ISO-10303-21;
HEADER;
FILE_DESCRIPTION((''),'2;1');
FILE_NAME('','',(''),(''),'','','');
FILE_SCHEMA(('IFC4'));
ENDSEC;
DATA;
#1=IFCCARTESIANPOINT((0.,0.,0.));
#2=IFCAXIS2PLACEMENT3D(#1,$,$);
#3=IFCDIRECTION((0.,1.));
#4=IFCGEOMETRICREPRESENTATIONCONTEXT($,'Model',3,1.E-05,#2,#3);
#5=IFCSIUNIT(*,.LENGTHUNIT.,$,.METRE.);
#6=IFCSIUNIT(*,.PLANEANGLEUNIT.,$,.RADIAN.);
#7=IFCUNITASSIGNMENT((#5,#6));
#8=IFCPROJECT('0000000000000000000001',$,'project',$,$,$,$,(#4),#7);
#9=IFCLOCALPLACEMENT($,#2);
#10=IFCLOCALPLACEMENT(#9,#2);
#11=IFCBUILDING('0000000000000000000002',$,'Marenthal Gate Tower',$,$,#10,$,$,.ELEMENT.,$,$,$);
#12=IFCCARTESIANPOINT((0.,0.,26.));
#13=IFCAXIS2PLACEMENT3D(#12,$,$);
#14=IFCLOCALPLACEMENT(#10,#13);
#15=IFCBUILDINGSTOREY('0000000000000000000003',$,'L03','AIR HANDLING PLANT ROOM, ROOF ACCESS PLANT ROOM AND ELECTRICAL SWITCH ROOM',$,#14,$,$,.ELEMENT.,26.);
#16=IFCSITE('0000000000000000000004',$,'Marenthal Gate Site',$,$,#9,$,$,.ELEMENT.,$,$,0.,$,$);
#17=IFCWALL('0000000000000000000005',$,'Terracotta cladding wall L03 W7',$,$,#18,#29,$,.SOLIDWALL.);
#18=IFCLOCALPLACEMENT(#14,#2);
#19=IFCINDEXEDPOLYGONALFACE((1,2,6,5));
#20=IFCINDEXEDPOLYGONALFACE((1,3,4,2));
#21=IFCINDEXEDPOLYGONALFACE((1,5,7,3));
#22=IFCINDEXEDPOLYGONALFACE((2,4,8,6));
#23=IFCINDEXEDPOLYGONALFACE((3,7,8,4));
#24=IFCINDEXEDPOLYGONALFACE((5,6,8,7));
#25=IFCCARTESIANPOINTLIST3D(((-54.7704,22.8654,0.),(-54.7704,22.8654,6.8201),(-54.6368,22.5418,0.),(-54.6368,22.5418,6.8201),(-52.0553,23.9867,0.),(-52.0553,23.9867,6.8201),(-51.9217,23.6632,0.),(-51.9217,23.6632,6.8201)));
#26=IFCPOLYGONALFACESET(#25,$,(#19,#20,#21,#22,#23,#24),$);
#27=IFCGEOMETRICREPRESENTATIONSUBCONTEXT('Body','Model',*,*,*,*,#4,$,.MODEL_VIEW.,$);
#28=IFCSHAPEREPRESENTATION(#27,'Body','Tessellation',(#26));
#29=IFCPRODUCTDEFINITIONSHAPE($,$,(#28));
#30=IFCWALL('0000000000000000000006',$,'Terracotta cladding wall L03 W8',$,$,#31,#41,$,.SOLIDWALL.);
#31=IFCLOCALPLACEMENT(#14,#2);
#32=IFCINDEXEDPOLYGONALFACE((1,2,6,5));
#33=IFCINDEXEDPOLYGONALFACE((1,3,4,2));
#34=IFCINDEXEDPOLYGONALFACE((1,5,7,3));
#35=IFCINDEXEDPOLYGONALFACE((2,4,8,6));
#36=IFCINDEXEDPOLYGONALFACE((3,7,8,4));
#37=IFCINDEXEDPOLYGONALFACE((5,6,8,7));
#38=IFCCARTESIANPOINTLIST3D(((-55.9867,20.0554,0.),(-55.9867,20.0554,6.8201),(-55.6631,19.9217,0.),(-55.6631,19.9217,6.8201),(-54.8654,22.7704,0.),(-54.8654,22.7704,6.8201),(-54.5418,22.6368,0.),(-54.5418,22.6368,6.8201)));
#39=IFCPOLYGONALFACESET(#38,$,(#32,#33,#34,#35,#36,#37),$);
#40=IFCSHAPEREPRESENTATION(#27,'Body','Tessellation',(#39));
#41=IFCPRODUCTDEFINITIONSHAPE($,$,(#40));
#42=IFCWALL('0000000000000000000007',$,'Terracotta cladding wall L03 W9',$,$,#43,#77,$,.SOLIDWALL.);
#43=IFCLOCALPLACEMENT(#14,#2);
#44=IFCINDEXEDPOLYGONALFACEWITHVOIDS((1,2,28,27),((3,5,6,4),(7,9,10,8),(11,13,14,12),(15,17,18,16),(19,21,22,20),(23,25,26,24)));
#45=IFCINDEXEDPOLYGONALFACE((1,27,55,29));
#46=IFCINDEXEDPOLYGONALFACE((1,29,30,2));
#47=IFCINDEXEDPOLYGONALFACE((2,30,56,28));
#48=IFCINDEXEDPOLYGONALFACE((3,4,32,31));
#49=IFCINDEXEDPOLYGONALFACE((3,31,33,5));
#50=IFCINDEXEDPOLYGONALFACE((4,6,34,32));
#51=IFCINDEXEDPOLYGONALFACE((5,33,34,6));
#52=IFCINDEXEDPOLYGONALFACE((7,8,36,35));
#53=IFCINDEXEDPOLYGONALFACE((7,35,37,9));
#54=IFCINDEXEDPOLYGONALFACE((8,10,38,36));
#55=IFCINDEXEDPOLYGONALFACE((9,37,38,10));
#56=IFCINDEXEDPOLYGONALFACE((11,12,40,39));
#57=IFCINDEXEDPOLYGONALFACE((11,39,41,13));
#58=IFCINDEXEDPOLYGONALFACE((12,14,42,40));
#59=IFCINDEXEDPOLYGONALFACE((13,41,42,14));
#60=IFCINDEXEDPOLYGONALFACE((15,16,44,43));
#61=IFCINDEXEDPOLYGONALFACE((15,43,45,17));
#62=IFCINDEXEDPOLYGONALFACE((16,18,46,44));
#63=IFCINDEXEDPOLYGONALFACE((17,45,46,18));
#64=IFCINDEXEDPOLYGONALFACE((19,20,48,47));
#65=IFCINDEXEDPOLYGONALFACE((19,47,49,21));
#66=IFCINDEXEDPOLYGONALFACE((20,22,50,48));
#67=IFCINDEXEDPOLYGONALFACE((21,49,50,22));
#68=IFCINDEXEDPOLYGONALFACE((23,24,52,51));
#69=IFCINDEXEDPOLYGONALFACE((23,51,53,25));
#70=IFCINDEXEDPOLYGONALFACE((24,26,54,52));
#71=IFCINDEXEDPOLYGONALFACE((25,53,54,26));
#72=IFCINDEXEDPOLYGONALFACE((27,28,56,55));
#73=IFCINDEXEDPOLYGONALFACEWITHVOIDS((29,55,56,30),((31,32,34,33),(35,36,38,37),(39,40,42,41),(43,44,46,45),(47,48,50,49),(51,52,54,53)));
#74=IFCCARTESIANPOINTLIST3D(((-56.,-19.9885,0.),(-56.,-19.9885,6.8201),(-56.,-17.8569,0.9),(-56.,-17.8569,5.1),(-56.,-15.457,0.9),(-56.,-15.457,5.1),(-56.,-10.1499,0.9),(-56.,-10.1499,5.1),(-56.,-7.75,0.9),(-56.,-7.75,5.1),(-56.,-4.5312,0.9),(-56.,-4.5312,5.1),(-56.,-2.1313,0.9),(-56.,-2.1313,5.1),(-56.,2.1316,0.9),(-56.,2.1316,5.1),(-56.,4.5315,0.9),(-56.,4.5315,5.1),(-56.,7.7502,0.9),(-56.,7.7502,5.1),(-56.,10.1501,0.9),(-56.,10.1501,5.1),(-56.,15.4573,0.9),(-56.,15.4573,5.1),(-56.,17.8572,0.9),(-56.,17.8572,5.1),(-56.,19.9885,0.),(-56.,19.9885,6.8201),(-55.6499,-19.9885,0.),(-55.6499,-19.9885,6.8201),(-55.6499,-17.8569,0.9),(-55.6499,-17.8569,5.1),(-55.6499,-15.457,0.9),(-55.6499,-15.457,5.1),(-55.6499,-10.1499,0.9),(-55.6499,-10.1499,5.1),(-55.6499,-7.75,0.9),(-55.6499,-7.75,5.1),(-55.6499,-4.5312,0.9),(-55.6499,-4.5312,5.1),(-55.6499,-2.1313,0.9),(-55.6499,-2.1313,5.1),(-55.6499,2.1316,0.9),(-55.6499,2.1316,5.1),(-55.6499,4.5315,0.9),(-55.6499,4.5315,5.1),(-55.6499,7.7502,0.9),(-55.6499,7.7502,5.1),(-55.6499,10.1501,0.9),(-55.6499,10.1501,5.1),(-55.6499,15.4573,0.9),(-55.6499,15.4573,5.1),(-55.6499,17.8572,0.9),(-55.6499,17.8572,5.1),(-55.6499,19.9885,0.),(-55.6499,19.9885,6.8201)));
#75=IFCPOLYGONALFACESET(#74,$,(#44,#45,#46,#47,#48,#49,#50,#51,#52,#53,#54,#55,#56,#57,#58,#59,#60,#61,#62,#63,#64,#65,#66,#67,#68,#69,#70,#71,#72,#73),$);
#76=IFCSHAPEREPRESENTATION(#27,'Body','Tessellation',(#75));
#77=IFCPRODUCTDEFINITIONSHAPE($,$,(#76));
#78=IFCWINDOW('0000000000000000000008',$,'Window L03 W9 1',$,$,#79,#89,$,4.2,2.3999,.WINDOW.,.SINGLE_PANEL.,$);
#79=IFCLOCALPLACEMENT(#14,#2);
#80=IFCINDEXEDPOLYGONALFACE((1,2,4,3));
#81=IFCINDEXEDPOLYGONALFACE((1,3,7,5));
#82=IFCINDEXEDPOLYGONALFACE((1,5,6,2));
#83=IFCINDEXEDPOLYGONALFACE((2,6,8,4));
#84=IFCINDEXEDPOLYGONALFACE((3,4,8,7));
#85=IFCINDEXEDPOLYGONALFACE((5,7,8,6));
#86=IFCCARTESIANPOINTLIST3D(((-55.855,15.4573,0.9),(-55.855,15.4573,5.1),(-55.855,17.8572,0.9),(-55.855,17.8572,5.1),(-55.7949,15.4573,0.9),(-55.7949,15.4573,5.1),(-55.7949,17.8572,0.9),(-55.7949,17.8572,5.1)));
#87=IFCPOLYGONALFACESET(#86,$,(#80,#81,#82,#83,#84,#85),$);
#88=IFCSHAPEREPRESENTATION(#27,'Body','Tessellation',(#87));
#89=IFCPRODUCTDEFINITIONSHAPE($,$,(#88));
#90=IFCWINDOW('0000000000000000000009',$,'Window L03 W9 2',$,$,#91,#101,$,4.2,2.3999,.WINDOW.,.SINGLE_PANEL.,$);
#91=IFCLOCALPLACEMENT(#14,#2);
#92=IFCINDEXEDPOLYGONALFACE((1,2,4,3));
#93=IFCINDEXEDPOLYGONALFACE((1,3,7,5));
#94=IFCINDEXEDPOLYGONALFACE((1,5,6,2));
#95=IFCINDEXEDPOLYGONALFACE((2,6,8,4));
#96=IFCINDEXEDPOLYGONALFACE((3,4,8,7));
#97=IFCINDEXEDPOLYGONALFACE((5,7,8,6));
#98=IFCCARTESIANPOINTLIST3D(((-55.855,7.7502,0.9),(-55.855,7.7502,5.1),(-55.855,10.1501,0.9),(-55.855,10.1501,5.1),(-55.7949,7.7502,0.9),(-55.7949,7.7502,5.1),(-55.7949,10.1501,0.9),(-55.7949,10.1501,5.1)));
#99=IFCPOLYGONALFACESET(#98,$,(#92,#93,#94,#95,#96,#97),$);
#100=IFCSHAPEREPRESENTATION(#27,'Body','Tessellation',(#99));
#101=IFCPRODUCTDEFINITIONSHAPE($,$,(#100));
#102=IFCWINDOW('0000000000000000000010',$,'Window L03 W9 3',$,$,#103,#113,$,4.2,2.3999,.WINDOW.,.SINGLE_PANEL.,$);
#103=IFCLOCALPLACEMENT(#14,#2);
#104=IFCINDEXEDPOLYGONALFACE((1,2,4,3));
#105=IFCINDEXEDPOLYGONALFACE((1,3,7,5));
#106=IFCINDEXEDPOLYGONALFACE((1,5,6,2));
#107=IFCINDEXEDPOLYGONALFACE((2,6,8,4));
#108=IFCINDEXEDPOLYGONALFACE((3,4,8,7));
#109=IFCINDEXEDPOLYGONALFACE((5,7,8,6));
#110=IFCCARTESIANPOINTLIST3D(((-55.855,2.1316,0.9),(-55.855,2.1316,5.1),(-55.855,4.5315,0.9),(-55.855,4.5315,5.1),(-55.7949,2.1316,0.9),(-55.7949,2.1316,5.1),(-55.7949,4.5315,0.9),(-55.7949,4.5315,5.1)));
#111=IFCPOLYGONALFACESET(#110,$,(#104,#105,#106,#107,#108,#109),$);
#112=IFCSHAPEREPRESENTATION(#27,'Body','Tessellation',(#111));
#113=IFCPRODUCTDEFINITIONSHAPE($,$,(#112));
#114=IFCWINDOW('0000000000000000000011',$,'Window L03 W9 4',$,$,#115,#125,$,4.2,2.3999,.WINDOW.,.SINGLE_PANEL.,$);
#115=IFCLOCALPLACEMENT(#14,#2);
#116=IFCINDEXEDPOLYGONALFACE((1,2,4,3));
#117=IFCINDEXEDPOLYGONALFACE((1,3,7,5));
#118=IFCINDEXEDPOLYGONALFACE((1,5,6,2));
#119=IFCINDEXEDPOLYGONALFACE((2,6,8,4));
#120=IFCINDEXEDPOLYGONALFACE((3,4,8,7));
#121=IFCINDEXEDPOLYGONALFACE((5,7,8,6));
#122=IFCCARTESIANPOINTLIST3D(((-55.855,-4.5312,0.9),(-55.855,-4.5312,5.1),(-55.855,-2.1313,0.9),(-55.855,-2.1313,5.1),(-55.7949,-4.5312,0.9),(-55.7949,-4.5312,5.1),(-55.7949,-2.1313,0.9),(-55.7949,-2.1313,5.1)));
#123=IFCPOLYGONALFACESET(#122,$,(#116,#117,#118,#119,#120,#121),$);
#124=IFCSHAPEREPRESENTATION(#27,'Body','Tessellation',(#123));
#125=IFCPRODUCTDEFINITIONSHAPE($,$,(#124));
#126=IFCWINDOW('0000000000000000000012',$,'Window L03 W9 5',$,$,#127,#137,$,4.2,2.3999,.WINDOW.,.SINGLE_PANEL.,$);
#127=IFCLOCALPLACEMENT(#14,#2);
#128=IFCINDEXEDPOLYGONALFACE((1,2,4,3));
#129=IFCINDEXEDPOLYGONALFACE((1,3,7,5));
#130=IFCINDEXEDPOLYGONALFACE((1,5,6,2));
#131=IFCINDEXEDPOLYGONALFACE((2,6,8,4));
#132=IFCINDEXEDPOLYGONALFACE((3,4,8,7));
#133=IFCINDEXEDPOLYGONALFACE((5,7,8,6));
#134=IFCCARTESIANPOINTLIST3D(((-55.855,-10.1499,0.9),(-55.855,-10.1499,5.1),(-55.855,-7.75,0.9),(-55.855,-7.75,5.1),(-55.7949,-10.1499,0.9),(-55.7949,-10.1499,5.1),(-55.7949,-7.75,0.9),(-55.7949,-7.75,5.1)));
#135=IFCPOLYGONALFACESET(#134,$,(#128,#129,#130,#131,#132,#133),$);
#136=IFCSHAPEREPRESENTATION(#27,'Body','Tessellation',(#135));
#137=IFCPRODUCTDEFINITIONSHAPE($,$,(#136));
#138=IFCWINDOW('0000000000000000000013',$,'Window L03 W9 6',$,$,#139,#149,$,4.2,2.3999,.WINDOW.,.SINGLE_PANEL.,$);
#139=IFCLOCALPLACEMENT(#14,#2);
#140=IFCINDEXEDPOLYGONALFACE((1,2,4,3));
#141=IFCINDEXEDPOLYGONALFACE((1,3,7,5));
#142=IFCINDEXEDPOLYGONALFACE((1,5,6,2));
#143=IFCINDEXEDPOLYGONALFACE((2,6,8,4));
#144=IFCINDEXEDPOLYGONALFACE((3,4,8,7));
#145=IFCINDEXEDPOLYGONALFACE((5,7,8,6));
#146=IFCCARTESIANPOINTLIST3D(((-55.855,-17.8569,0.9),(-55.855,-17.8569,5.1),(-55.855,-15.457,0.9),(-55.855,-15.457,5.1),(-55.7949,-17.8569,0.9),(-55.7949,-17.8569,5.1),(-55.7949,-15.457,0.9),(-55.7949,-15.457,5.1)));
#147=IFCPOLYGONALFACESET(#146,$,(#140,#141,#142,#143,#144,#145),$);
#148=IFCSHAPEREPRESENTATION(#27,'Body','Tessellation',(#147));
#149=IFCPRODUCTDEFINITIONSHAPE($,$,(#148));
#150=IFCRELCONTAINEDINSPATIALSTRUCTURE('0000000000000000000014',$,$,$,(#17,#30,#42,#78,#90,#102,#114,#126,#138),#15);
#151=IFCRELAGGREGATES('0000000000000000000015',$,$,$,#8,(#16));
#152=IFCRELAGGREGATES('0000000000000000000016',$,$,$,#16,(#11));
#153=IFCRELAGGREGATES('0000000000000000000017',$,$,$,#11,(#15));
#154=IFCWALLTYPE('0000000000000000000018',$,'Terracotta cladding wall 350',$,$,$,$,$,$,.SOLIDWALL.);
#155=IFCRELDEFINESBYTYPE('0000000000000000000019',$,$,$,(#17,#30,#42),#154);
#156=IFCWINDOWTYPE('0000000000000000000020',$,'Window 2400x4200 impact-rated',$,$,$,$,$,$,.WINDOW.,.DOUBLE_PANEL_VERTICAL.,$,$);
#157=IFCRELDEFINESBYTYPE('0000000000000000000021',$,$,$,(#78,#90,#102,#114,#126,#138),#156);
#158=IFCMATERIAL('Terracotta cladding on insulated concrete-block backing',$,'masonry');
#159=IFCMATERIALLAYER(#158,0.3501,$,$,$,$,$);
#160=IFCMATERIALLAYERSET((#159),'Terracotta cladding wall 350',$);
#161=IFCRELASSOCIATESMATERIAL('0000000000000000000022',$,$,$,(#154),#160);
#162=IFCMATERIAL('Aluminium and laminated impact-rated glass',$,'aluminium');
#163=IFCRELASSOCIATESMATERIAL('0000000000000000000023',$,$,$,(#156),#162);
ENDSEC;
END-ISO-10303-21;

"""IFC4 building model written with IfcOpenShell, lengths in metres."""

from ifc_helpers import new_model, si_unit, direction, frame, frame_2d, origin, place, context, subcontext, project, spatial, rectangle, extrude, material, layer, layer_set, type_object, element, fill, save


model = new_model("IFC4")

# Units and contexts
model_context = context("Model", 3, precision=1e-05, world=origin(), true_north=direction((0.0, 1.0)))
body_context = subcontext(model_context, "Body", "Model", "MODEL_VIEW")
ifc_project = project(units=[si_unit("LENGTHUNIT", "METRE"), si_unit("PLANEANGLEUNIT", "RADIAN")], contexts=[model_context])

# Site, building, storey
site_placement = place(None, origin())
site = spatial("IfcSite", under=ifc_project, at=site_placement, Name="Marenthal Gate Site", CompositionType="ELEMENT", RefElevation=0.0)
building_placement = place(site_placement, origin())
building = spatial("IfcBuilding", under=site, at=building_placement, Name="Marenthal Gate Tower", CompositionType="ELEMENT")
storey_placement = place(building_placement, frame((0.0, 0.0, 26.0)))
storey = spatial("IfcBuildingStorey", under=building, at=storey_placement, Name="L03", Description="AIR HANDLING PLANT ROOM, ROOF ACCESS PLANT ROOM AND ELECTRICAL SWITCH ROOM", CompositionType="ELEMENT", Elevation=26.0)

# Walls
ifc_material_1 = material(Name="Terracotta cladding on insulated concrete-block backing", Category="masonry")
ifc_layer_1 = layer(ifc_material_1, 0.3501)
ifc_layer_set_1 = layer_set([ifc_layer_1], Name="Terracotta cladding wall 350")
wall_type_1 = type_object("IfcWallType", Name="Terracotta cladding wall 350", PredefinedType="SOLIDWALL", material=ifc_layer_set_1)
for number, where, z_axis, x_axis, name in (
    (1, (-51.9885, 23.825, 0.0), (0.0, 0.0, 1.0), (-0.924275, -0.381728, 0.0), "Terracotta cladding wall L03 W7"),
    (2, (-54.7036, 22.7036, 0.0), (0.0, 0.0, 1.0), (-0.381728, -0.924275, 0.0), "Terracotta cladding wall L03 W8"),
):
    element("IfcWall", number, at=place(storey_placement, frame(where, z_axis=z_axis, x_axis=x_axis)), inside=storey, type_object=wall_type_1, Name=name, PredefinedType="SOLIDWALL", context=body_context, shape_type="SweptSolid", body=[
        extrude(rectangle(XDim=2.9375, YDim=0.3501, at=frame_2d((1.4688, 0.0))), origin(), (0.0, 0.0, 1.0), 6.8201),
    ])

# Wall, openings, windows
wall_1_placement = place(storey_placement, frame((-55.825, 19.9885, 0.0), z_axis=(0.0, 0.0, 1.0), x_axis=(0.0, -1.0, 0.0)))
wall_1 = element("IfcWall", 3, at=wall_1_placement, inside=storey, type_object=wall_type_1, Name="Terracotta cladding wall L03 W9", PredefinedType="SOLIDWALL", context=body_context, shape_type="SweptSolid", body=[
    extrude(rectangle(XDim=39.9771, YDim=0.3501, at=frame_2d((19.9885, 0.0))), origin(), (0.0, 0.0, 1.0), 6.8201),
])
opening_1_placement = place(wall_1_placement, frame((2.1313, 0.0, 0.8999)))
opening_1 = element("IfcOpeningElement", 4, at=opening_1_placement, cuts=wall_1, PredefinedType="OPENING", context=body_context, shape_type="SweptSolid", body=[
    extrude(rectangle(XDim=2.3999, YDim=4.2, at=frame_2d((1.2, 2.1001))), frame((0.0, 0.1851, 0.0), z_axis=(0.0, -1.0, 0.0), x_axis=(1.0, 0.0, 0.0)), (0.0, 0.0, 1.0), 0.3701),
])
opening_2_placement = place(wall_1_placement, frame((9.8384, 0.0, 0.8999)))
opening_2 = element("IfcOpeningElement", 5, at=opening_2_placement, cuts=wall_1, PredefinedType="OPENING", context=body_context, shape_type="SweptSolid", body=[
    extrude(rectangle(XDim=2.3999, YDim=4.2, at=frame_2d((1.2, 2.1001))), frame((0.0, 0.1851, 0.0), z_axis=(0.0, -1.0, 0.0), x_axis=(1.0, 0.0, 0.0)), (0.0, 0.0, 1.0), 0.3701),
])
opening_3_placement = place(wall_1_placement, frame((15.457, 0.0, 0.8999)))
opening_3 = element("IfcOpeningElement", 6, at=opening_3_placement, cuts=wall_1, PredefinedType="OPENING", context=body_context, shape_type="SweptSolid", body=[
    extrude(rectangle(XDim=2.3999, YDim=4.2, at=frame_2d((1.2, 2.1001))), frame((0.0, 0.1851, 0.0), z_axis=(0.0, -1.0, 0.0), x_axis=(1.0, 0.0, 0.0)), (0.0, 0.0, 1.0), 0.3701),
])
opening_4_placement = place(wall_1_placement, frame((22.1199, 0.0, 0.8999)))
opening_4 = element("IfcOpeningElement", 7, at=opening_4_placement, cuts=wall_1, PredefinedType="OPENING", context=body_context, shape_type="SweptSolid", body=[
    extrude(rectangle(XDim=2.3999, YDim=4.2, at=frame_2d((1.2, 2.1001))), frame((0.0, 0.1851, 0.0), z_axis=(0.0, -1.0, 0.0), x_axis=(1.0, 0.0, 0.0)), (0.0, 0.0, 1.0), 0.3701),
])
opening_5_placement = place(wall_1_placement, frame((27.7385, 0.0, 0.8999)))
opening_5 = element("IfcOpeningElement", 8, at=opening_5_placement, cuts=wall_1, PredefinedType="OPENING", context=body_context, shape_type="SweptSolid", body=[
    extrude(rectangle(XDim=2.3999, YDim=4.2, at=frame_2d((1.2, 2.1001))), frame((0.0, 0.1851, 0.0), z_axis=(0.0, -1.0, 0.0), x_axis=(1.0, 0.0, 0.0)), (0.0, 0.0, 1.0), 0.3701),
])
opening_6_placement = place(wall_1_placement, frame((35.4456, 0.0, 0.8999)))
opening_6 = element("IfcOpeningElement", 9, at=opening_6_placement, cuts=wall_1, PredefinedType="OPENING", context=body_context, shape_type="SweptSolid", body=[
    extrude(rectangle(XDim=2.3999, YDim=4.2, at=frame_2d((1.2, 2.1001))), frame((0.0, 0.1851, 0.0), z_axis=(0.0, -1.0, 0.0), x_axis=(1.0, 0.0, 0.0)), (0.0, 0.0, 1.0), 0.3701),
])
ifc_material_2 = material(Name="Aluminium and laminated impact-rated glass", Category="aluminium")
window_type = type_object("IfcWindowType", Name="Window 2400x4200 impact-rated", PartitioningType="DOUBLE_PANEL_VERTICAL", PredefinedType="WINDOW", material=ifc_material_2)
window_1_placement = place(opening_1_placement, origin())
window_1 = element("IfcWindow", 10, at=window_1_placement, inside=storey, type_object=window_type, Name="Window L03 W9 1", OverallHeight=4.2, OverallWidth=2.3999, PartitioningType="SINGLE_PANEL", PredefinedType="WINDOW", context=body_context, shape_type="SweptSolid", body=[
    extrude(rectangle(XDim=2.3999, YDim=4.2, at=frame_2d((1.2, 2.1001))), frame((0.0, 0.03, 0.0), z_axis=(0.0, -1.0, 0.0), x_axis=(1.0, 0.0, 0.0)), (0.0, 0.0, 1.0), 0.0601),
])
fill(opening_1, window_1)
window_2_placement = place(opening_2_placement, origin())
window_2 = element("IfcWindow", 11, at=window_2_placement, inside=storey, type_object=window_type, Name="Window L03 W9 2", OverallHeight=4.2, OverallWidth=2.3999, PartitioningType="SINGLE_PANEL", PredefinedType="WINDOW", context=body_context, shape_type="SweptSolid", body=[
    extrude(rectangle(XDim=2.3999, YDim=4.2, at=frame_2d((1.2, 2.1001))), frame((0.0, 0.03, 0.0), z_axis=(0.0, -1.0, 0.0), x_axis=(1.0, 0.0, 0.0)), (0.0, 0.0, 1.0), 0.0601),
])
fill(opening_2, window_2)
window_3_placement = place(opening_3_placement, origin())
window_3 = element("IfcWindow", 12, at=window_3_placement, inside=storey, type_object=window_type, Name="Window L03 W9 3", OverallHeight=4.2, OverallWidth=2.3999, PartitioningType="SINGLE_PANEL", PredefinedType="WINDOW", context=body_context, shape_type="SweptSolid", body=[
    extrude(rectangle(XDim=2.3999, YDim=4.2, at=frame_2d((1.2, 2.1001))), frame((0.0, 0.03, 0.0), z_axis=(0.0, -1.0, 0.0), x_axis=(1.0, 0.0, 0.0)), (0.0, 0.0, 1.0), 0.0601),
])
fill(opening_3, window_3)
window_4_placement = place(opening_4_placement, origin())
window_4 = element("IfcWindow", 13, at=window_4_placement, inside=storey, type_object=window_type, Name="Window L03 W9 4", OverallHeight=4.2, OverallWidth=2.3999, PartitioningType="SINGLE_PANEL", PredefinedType="WINDOW", context=body_context, shape_type="SweptSolid", body=[
    extrude(rectangle(XDim=2.3999, YDim=4.2, at=frame_2d((1.2, 2.1001))), frame((0.0, 0.03, 0.0), z_axis=(0.0, -1.0, 0.0), x_axis=(1.0, 0.0, 0.0)), (0.0, 0.0, 1.0), 0.0601),
])
fill(opening_4, window_4)
window_5_placement = place(opening_5_placement, origin())
window_5 = element("IfcWindow", 14, at=window_5_placement, inside=storey, type_object=window_type, Name="Window L03 W9 5", OverallHeight=4.2, OverallWidth=2.3999, PartitioningType="SINGLE_PANEL", PredefinedType="WINDOW", context=body_context, shape_type="SweptSolid", body=[
    extrude(rectangle(XDim=2.3999, YDim=4.2, at=frame_2d((1.2, 2.1001))), frame((0.0, 0.03, 0.0), z_axis=(0.0, -1.0, 0.0), x_axis=(1.0, 0.0, 0.0)), (0.0, 0.0, 1.0), 0.0601),
])
fill(opening_5, window_5)
window_6_placement = place(opening_6_placement, origin())
window_6 = element("IfcWindow", 15, at=window_6_placement, inside=storey, type_object=window_type, Name="Window L03 W9 6", OverallHeight=4.2, OverallWidth=2.3999, PartitioningType="SINGLE_PANEL", PredefinedType="WINDOW", context=body_context, shape_type="SweptSolid", body=[
    extrude(rectangle(XDim=2.3999, YDim=4.2, at=frame_2d((1.2, 2.1001))), frame((0.0, 0.03, 0.0), z_axis=(0.0, -1.0, 0.0), x_axis=(1.0, 0.0, 0.0)), (0.0, 0.0, 1.0), 0.0601),
])
fill(opening_6, window_6)

save(model, "model.ifc")
